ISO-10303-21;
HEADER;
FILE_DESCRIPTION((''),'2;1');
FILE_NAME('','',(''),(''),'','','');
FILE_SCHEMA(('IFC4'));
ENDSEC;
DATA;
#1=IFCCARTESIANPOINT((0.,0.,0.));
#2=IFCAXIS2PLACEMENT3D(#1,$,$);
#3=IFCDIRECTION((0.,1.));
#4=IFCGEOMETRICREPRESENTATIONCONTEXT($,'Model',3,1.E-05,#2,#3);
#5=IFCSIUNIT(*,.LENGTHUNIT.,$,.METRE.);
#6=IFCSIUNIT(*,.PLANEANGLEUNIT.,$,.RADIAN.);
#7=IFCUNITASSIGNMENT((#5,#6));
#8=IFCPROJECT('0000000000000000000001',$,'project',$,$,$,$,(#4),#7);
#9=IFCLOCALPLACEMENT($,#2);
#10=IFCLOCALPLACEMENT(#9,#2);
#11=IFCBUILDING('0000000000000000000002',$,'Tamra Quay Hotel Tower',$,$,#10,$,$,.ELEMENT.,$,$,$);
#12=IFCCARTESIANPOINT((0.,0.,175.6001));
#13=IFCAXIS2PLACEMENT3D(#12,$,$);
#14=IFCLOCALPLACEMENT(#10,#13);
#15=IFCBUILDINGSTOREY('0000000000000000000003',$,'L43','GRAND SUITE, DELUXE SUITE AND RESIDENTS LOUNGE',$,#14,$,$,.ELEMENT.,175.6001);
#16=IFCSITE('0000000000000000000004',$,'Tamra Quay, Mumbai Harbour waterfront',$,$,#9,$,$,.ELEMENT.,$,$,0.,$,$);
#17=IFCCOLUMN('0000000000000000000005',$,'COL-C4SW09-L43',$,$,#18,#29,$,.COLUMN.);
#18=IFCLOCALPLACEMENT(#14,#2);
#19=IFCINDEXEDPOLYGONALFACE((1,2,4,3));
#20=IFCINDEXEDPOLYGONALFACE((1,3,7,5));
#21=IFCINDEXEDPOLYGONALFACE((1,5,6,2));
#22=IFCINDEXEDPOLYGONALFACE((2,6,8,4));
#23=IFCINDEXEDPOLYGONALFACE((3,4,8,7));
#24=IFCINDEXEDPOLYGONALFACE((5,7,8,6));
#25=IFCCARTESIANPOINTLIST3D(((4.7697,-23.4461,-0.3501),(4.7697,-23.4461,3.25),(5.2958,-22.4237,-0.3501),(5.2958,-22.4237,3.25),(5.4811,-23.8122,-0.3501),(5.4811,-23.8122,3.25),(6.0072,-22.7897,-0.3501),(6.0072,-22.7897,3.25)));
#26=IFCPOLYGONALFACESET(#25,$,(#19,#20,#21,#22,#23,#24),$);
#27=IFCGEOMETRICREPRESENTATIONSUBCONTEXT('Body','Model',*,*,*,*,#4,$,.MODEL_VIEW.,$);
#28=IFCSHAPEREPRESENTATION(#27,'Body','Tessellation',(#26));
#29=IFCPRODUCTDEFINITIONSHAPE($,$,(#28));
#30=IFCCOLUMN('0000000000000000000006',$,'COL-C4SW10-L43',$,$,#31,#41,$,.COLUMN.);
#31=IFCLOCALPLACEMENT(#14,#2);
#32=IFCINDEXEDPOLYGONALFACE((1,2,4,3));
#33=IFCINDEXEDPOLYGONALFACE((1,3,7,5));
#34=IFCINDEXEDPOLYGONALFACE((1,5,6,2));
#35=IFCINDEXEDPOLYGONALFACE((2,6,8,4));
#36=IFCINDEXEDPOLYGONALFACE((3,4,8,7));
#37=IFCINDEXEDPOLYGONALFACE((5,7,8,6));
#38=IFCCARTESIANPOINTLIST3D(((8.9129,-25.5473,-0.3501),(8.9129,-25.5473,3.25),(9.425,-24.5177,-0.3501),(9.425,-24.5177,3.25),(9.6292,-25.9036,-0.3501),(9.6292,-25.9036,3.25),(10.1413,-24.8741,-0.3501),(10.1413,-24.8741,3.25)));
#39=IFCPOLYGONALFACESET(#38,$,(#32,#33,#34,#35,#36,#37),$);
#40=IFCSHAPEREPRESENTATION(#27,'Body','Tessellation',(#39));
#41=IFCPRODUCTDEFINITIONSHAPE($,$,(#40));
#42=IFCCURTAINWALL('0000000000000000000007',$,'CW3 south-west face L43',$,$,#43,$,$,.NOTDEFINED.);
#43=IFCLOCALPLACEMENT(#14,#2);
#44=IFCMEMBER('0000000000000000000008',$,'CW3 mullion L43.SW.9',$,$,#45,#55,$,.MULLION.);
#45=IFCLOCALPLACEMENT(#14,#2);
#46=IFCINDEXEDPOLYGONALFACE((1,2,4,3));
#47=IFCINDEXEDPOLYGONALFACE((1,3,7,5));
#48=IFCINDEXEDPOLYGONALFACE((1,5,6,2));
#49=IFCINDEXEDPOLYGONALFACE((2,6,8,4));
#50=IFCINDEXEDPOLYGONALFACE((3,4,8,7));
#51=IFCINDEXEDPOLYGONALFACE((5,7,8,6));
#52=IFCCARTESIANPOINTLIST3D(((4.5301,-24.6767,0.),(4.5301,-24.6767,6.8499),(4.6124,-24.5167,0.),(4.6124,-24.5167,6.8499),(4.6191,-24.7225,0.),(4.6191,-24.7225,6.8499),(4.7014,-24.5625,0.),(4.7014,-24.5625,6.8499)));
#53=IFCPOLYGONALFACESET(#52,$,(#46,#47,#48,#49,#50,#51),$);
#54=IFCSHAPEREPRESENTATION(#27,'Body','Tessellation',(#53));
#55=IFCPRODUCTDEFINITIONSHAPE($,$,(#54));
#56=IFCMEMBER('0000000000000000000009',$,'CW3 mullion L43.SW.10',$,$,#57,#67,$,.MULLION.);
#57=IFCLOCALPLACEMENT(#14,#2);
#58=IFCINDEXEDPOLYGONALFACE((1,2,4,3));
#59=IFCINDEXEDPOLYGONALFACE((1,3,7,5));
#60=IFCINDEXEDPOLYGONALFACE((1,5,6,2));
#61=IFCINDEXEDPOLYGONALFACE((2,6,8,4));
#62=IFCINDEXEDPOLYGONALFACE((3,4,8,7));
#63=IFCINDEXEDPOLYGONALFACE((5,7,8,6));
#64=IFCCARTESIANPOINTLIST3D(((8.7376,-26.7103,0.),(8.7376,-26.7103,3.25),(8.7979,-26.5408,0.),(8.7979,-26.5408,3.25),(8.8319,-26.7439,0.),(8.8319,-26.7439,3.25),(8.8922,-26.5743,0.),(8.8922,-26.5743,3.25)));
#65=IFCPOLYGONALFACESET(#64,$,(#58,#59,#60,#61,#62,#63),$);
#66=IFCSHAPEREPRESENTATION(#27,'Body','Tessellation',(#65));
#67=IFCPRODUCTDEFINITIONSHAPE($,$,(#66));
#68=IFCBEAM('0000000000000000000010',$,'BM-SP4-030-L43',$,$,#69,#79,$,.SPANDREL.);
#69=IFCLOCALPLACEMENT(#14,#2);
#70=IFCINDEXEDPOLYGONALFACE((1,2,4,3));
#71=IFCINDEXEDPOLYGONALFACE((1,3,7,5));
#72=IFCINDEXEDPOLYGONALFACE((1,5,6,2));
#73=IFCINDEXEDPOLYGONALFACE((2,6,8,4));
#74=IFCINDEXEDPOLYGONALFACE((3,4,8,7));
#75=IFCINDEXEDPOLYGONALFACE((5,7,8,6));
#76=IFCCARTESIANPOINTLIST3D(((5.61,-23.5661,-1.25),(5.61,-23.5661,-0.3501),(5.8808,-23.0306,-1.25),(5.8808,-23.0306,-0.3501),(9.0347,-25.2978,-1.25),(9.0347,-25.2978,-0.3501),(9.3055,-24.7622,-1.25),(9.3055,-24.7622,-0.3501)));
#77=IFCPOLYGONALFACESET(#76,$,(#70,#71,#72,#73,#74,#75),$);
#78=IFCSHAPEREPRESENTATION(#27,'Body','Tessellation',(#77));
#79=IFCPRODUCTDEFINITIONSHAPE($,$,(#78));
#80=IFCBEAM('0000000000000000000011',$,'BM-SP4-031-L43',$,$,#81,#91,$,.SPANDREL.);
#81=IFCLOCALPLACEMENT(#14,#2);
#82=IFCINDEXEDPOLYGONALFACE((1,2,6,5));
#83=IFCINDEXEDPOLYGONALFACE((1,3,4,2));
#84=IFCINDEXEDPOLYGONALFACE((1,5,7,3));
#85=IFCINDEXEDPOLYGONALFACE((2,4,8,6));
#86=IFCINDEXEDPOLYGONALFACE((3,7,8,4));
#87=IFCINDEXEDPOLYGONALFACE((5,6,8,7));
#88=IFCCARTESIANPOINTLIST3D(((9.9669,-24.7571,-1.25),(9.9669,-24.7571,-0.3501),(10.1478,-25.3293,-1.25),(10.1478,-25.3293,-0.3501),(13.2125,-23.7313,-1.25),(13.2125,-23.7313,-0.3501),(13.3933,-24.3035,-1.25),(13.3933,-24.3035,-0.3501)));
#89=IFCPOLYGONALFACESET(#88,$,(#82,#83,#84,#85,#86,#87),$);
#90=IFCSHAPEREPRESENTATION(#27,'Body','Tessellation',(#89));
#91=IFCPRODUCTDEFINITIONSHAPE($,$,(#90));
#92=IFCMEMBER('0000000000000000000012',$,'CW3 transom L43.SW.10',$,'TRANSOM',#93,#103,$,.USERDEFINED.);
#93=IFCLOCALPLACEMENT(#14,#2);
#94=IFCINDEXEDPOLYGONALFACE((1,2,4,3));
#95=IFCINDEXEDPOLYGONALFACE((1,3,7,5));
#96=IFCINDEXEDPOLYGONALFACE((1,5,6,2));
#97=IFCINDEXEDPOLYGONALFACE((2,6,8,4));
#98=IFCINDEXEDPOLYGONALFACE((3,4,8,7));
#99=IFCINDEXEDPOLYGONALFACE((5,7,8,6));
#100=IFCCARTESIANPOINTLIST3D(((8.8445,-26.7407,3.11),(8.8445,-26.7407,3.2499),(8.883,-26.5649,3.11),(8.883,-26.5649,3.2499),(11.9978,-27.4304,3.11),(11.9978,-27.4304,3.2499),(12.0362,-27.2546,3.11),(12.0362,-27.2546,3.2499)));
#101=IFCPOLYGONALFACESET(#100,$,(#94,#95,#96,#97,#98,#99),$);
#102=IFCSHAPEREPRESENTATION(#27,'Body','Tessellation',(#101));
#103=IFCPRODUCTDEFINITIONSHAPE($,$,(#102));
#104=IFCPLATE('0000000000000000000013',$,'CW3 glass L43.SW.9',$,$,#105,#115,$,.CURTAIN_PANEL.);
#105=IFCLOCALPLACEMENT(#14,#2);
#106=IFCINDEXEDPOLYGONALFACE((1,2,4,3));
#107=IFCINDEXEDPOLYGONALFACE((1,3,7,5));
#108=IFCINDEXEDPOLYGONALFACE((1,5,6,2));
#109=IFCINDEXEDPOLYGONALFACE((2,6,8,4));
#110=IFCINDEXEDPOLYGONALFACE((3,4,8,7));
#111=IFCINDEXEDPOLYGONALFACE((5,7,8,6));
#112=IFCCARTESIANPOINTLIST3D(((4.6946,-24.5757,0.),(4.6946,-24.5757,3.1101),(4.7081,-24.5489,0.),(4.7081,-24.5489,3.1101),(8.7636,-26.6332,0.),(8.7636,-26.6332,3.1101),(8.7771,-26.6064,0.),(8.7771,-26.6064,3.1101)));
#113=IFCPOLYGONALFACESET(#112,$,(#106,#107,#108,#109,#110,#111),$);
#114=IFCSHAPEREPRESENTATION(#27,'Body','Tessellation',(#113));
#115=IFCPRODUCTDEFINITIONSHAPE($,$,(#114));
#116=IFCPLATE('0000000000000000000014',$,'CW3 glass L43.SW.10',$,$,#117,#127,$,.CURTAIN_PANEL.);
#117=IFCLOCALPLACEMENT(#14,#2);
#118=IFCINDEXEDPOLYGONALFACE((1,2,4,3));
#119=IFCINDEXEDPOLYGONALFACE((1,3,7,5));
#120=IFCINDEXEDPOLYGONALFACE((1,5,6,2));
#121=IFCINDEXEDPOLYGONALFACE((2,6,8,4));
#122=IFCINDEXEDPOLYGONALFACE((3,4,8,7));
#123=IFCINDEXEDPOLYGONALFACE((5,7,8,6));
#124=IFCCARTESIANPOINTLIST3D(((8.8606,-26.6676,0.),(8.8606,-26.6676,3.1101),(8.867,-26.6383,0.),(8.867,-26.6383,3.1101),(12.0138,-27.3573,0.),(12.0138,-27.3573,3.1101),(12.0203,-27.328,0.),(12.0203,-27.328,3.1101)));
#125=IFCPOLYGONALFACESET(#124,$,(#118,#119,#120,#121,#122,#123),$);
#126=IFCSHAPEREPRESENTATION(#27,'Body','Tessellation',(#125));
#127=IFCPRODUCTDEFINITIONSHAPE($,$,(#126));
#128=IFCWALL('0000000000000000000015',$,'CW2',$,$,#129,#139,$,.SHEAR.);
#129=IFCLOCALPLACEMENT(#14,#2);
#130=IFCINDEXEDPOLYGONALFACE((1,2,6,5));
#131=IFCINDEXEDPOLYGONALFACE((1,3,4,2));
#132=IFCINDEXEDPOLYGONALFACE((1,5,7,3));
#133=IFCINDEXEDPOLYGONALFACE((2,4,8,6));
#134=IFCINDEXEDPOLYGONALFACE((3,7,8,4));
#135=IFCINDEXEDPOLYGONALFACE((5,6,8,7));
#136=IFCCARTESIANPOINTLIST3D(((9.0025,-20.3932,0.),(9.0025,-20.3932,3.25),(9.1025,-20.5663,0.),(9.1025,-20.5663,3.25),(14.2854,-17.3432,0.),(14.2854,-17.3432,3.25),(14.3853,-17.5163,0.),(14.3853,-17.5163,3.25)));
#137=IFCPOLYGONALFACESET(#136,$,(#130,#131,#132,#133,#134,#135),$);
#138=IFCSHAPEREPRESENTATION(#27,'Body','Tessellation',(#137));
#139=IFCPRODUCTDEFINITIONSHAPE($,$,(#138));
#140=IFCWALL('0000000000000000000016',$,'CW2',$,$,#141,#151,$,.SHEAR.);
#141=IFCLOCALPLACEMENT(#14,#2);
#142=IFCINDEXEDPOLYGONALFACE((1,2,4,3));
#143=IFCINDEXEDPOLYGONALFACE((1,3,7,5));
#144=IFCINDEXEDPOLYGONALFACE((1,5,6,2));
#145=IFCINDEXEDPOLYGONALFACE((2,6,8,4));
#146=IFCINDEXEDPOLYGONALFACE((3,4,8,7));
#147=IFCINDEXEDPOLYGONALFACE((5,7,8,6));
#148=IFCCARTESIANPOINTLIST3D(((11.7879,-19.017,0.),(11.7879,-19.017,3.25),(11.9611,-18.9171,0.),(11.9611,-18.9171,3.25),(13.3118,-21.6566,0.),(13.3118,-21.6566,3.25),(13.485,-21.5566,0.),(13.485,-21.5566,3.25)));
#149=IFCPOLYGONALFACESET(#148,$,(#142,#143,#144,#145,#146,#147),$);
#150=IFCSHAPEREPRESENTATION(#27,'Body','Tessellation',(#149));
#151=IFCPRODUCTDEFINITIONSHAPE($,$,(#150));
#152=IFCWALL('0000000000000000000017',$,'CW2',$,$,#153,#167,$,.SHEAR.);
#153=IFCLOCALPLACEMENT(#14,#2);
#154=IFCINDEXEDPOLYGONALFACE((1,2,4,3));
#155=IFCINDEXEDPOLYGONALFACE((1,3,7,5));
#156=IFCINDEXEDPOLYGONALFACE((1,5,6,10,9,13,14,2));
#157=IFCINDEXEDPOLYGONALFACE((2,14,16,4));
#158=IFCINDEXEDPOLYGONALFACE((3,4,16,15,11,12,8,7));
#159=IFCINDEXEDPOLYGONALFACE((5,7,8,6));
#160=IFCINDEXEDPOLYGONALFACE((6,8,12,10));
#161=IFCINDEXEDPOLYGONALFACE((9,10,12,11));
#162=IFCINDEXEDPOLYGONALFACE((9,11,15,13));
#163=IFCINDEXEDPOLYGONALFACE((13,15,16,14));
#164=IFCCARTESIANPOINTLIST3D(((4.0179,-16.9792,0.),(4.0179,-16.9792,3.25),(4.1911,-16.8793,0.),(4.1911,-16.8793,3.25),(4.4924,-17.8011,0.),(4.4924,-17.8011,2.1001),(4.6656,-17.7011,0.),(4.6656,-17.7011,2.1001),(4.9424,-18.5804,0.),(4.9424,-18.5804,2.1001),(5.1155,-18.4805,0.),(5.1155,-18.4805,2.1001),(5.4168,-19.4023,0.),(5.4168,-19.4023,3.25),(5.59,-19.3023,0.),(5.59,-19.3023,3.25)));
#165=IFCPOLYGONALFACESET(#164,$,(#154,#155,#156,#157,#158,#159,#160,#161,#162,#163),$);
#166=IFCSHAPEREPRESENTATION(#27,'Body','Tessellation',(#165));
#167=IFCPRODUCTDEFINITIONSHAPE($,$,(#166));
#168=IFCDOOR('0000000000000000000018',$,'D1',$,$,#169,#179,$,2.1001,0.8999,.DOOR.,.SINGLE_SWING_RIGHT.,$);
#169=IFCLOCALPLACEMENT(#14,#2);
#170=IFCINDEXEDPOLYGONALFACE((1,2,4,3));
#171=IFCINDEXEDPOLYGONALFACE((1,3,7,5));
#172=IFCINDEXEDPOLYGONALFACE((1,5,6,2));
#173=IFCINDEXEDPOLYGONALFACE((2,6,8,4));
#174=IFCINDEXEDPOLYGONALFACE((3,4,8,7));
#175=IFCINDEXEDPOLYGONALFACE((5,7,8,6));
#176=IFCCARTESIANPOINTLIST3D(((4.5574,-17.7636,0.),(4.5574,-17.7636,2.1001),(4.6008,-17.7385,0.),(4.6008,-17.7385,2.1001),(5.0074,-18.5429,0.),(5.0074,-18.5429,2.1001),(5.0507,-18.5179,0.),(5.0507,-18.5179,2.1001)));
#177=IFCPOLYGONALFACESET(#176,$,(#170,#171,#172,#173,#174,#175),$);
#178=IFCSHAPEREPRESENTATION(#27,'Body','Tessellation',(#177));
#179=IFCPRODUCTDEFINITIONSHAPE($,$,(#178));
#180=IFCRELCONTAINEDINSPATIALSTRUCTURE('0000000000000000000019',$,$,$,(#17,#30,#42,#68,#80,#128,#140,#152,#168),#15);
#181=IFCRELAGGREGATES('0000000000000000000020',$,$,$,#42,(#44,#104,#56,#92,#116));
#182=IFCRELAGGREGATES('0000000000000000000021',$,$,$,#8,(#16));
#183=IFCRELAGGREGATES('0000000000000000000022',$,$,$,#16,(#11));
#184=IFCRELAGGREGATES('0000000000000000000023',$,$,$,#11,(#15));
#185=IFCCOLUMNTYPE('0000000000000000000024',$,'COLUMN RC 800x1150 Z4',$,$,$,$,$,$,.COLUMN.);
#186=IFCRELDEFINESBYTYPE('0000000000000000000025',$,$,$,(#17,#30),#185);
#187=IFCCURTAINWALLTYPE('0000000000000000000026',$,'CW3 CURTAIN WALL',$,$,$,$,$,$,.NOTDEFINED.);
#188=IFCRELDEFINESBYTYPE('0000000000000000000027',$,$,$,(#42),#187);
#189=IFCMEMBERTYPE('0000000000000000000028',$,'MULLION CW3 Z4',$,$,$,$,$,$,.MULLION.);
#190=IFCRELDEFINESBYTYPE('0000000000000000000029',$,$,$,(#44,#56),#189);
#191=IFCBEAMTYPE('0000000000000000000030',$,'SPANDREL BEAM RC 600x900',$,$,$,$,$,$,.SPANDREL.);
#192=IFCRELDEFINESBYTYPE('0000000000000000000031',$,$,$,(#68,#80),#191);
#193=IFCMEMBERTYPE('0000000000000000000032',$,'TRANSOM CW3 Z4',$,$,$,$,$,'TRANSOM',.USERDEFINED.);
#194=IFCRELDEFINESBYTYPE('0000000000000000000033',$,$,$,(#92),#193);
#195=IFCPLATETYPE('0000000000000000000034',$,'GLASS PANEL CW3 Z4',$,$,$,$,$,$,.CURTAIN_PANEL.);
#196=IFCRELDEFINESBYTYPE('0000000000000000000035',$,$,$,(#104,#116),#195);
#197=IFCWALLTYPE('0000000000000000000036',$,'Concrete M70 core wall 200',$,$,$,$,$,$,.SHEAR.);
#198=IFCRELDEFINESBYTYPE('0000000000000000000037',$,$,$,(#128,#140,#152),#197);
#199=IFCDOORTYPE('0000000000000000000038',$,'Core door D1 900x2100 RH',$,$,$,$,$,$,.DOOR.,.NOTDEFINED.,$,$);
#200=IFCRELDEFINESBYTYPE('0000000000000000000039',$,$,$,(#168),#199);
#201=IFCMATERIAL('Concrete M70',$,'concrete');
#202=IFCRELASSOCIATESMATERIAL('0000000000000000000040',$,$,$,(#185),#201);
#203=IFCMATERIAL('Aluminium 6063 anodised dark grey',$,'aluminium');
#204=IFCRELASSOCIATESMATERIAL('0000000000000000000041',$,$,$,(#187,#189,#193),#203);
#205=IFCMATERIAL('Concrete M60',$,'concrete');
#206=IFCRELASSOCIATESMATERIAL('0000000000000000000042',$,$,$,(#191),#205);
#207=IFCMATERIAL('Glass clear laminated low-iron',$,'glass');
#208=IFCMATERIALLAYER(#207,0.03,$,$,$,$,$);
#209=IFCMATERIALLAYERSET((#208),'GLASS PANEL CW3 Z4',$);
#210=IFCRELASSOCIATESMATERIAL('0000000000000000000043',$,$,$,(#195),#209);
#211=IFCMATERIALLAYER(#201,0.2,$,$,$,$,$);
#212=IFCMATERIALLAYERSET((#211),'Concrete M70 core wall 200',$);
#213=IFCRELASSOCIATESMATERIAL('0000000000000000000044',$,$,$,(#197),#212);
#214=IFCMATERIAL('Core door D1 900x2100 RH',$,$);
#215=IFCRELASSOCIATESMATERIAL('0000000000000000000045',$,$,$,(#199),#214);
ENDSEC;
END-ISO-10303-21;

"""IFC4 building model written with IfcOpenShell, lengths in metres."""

from ifc_helpers import new_model, si_unit, direction, frame, frame_2d, origin, origin_2d, place, context, subcontext, project, spatial, rectangle, extrude, material, layer, layer_set, material_profile, profile_set, type_object, element, fill, aggregate, save


model = new_model("IFC4")

# Units and contexts
model_context = context("Model", 3, precision=1e-05, world=origin(), true_north=direction((0.0, 1.0)))
body_context = subcontext(model_context, "Body", "Model", "MODEL_VIEW")
ifc_project = project(units=[si_unit("LENGTHUNIT", "METRE"), si_unit("PLANEANGLEUNIT", "RADIAN")], contexts=[model_context])

# Site, building, storey
site_placement = place(None, origin())
site = spatial("IfcSite", under=ifc_project, at=site_placement, Name="Tamra Quay, Mumbai Harbour waterfront", CompositionType="ELEMENT", RefElevation=0.0)
building_placement = place(site_placement, origin())
building = spatial("IfcBuilding", under=site, at=building_placement, Name="Tamra Quay Hotel Tower", CompositionType="ELEMENT")
storey_placement = place(building_placement, frame((0.0, 0.0, 175.6001)))
storey = spatial("IfcBuildingStorey", under=building, at=storey_placement, Name="L43", Description="GRAND SUITE, DELUXE SUITE AND RESIDENTS LOUNGE", CompositionType="ELEMENT", Elevation=175.6001)

# Columns
ifc_material_1 = material(Name="Concrete M70", Category="concrete")
ifc_material_profile_1 = material_profile(ifc_material_1, rectangle(XDim=1.1499, YDim=0.8, at=origin_2d()), Name="COLUMN RC 800x1150 Z4")
ifc_profile_set_1 = profile_set([ifc_material_profile_1], Name="Concrete M70")
column_type = type_object("IfcColumnType", Name="COLUMN RC 800x1150 Z4", PredefinedType="COLUMN", material=ifc_profile_set_1)
for number, where, z_axis, x_axis, name in (
    (1, (5.3884, -23.1179, -0.3501), (0.0, 0.0, 1.0), (0.457548, 0.889185, 0.0), "COL-C4SW09-L43"),
    (2, (9.5271, -25.2107, -0.3501), (0.0, 0.0, 1.0), (0.445415, 0.895324, 0.0), "COL-C4SW10-L43"),
):
    element("IfcColumn", number, at=place(storey_placement, frame(where, z_axis=z_axis, x_axis=x_axis)), inside=storey, type_object=column_type, Name=name, PredefinedType="COLUMN", context=body_context, shape_type="SweptSolid", body=[
        extrude(rectangle(XDim=1.1499, YDim=0.8, at=origin_2d()), origin(), (0.0, 0.0, 1.0), 3.6001),
    ])

# Curtain wall, members
ifc_material_2 = material(Name="Aluminium 6063 anodised dark grey", Category="aluminium")
curtain_wall_type = type_object("IfcCurtainWallType", Name="CW3 CURTAIN WALL", PredefinedType="NOTDEFINED", material=ifc_material_2)
curtain_wall_placement = place(storey_placement, origin())
curtain_wall = element("IfcCurtainWall", 3, at=curtain_wall_placement, inside=storey, type_object=curtain_wall_type, Name="CW3 south-west face L43", PredefinedType="NOTDEFINED")
ifc_material_profile_2 = material_profile(ifc_material_2, rectangle(XDim=0.1799, YDim=0.1001, at=origin_2d()), Name="MULLION 100X180")
ifc_profile_set_2 = profile_set([ifc_material_profile_2], Name="Aluminium 6063 anodised dark grey")
member_type_1 = type_object("IfcMemberType", Name="MULLION CW3 Z4", PredefinedType="MULLION", material=ifc_profile_set_2)
member_1_placement = place(storey_placement, frame((4.6157, -24.6196, 0.0), z_axis=(0.0, 0.0, 1.0), x_axis=(-0.457401, -0.889261, 0.0)))
member_1 = element("IfcMember", 4, at=member_1_placement, type_object=member_type_1, Name="CW3 mullion L43.SW.9", PredefinedType="MULLION", context=body_context, shape_type="SweptSolid", body=[
    extrude(rectangle(XDim=0.1799, YDim=0.1001, at=origin_2d()), origin(), (0.0, 0.0, 1.0), 6.8499),
])
member_2_placement = place(storey_placement, frame((8.8149, -26.6423, 0.0), z_axis=(0.0, 0.0, 1.0), x_axis=(-0.335128, -0.942173, 0.0)))
member_2 = element("IfcMember", 5, at=member_2_placement, type_object=member_type_1, Name="CW3 mullion L43.SW.10", PredefinedType="MULLION", context=body_context, shape_type="SweptSolid", body=[
    extrude(rectangle(XDim=0.1799, YDim=0.1001, at=origin_2d()), origin(), (0.0, 0.0, 1.0), 3.25),
])

# Beams
ifc_material_3 = material(Name="Concrete M60", Category="concrete")
ifc_material_profile_3 = material_profile(ifc_material_3, rectangle(XDim=0.6001, YDim=0.8999, at=origin_2d()), Name="SPANDREL BEAM RC 600x900")
ifc_profile_set_3 = profile_set([ifc_material_profile_3], Name="Concrete M60")
beam_type = type_object("IfcBeamType", Name="SPANDREL BEAM RC 600x900", PredefinedType="SPANDREL", material=ifc_profile_set_3)
beam_1_placement = place(storey_placement, frame((5.7454, -23.2983, -0.8), z_axis=(0.892408, -0.45123, 0.0), x_axis=(0.45123, 0.892408, 0.0)))
element("IfcBeam", 6, at=beam_1_placement, inside=storey, type_object=beam_type, Name="BM-SP4-030-L43", PredefinedType="SPANDREL", context=body_context, shape_type="SweptSolid", body=[
    extrude(rectangle(XDim=0.6001, YDim=0.8999, at=origin_2d()), origin(), (0.0, 0.0, 1.0), 3.8376),
])
beam_2_placement = place(storey_placement, frame((10.0574, -25.0432, -0.8), z_axis=(0.953502, 0.301385, 0.0), x_axis=(-0.301385, 0.953502, 0.0)))
element("IfcBeam", 7, at=beam_2_placement, inside=storey, type_object=beam_type, Name="BM-SP4-031-L43", PredefinedType="SPANDREL", context=body_context, shape_type="SweptSolid", body=[
    extrude(rectangle(XDim=0.6001, YDim=0.8999, at=origin_2d()), origin(), (0.0, 0.0, 1.0), 3.4038),
])

# Member
ifc_material_profile_4 = material_profile(ifc_material_2, rectangle(XDim=0.1799, YDim=0.1399, at=origin_2d()), Name="TRANSOM 180X140")
ifc_profile_set_4 = profile_set([ifc_material_profile_4], Name="Aluminium 6063 anodised dark grey")
member_type_2 = type_object("IfcMemberType", Name="TRANSOM CW3 Z4", ElementType="TRANSOM", PredefinedType="USERDEFINED", material=ifc_profile_set_4)
member_3_placement = place(storey_placement, frame((8.8638, -26.6528, 3.1799), z_axis=(0.976906, -0.21367, 0.0), x_axis=(0.21367, 0.976906, 0.0)))
member_3 = element("IfcMember", 8, at=member_3_placement, type_object=member_type_2, Name="CW3 transom L43.SW.10", ObjectType="TRANSOM", PredefinedType="USERDEFINED", context=body_context, shape_type="SweptSolid", body=[
    extrude(rectangle(XDim=0.1799, YDim=0.1399, at=origin_2d()), origin(), (0.0, 0.0, 1.0), 3.2278),
])

# Plates
ifc_material_4 = material(Name="Glass clear laminated low-iron", Category="glass")
ifc_layer_1 = layer(ifc_material_4, 0.03)
ifc_layer_set_1 = layer_set([ifc_layer_1], Name="GLASS PANEL CW3 Z4")
plate_type = type_object("IfcPlateType", Name="GLASS PANEL CW3 Z4", PredefinedType="CURTAIN_PANEL", material=ifc_layer_set_1)
plate_1_placement = place(storey_placement, frame((6.7358, -25.5911, 0.0), z_axis=(0.0, 0.0, 1.0), x_axis=(0.892403, -0.451239, 0.0)))
plate_1 = element("IfcPlate", 9, at=plate_1_placement, type_object=plate_type, Name="CW3 glass L43.SW.9", PredefinedType="CURTAIN_PANEL", context=body_context, shape_type="SweptSolid", body=[
    extrude(rectangle(XDim=4.5596, YDim=0.03, at=origin_2d()), origin(), (0.0, 0.0, 1.0), 3.1101),
])
plate_2_placement = place(storey_placement, frame((10.4404, -26.9978, 0.0), z_axis=(0.0, 0.0, 1.0), x_axis=(0.976906, -0.213669, 0.0)))
plate_2 = element("IfcPlate", 10, at=plate_2_placement, type_object=plate_type, Name="CW3 glass L43.SW.10", PredefinedType="CURTAIN_PANEL", context=body_context, shape_type="SweptSolid", body=[
    extrude(rectangle(XDim=3.2278, YDim=0.03, at=origin_2d()), origin(), (0.0, 0.0, 1.0), 3.1101),
])
aggregate(curtain_wall, [member_1, plate_1, member_2, member_3, plate_2])

# Walls
ifc_layer_2 = layer(ifc_material_1, 0.2)
ifc_layer_set_2 = layer_set([ifc_layer_2], Name="Concrete M70 core wall 200")
wall_type_1 = type_object("IfcWallType", Name="Concrete M70 core wall 200", PredefinedType="SHEAR", material=ifc_layer_set_2)
wall_1_placement = place(storey_placement, frame((9.0525, -20.4797, 0.0), z_axis=(0.0, 0.0, 1.0), x_axis=(0.86603, 0.499992, 0.0)))
element("IfcWall", 11, at=wall_1_placement, inside=storey, type_object=wall_type_1, Name="CW2", PredefinedType="SHEAR", context=body_context, shape_type="SweptSolid", body=[
    extrude(rectangle(XDim=6.1001, YDim=0.2, at=frame_2d((3.05, 0.0))), origin(), (0.0, 0.0, 1.0), 3.25),
])
wall_2_placement = place(storey_placement, frame((11.8745, -18.967, 0.0), z_axis=(0.0, 0.0, 1.0), x_axis=(0.499981, -0.866036, 0.0)))
element("IfcWall", 12, at=wall_2_placement, inside=storey, type_object=wall_type_1, Name="CW2", PredefinedType="SHEAR", context=body_context, shape_type="SweptSolid", body=[
    extrude(rectangle(XDim=3.0479, YDim=0.2, at=frame_2d((1.5239, 0.0))), origin(), (0.0, 0.0, 1.0), 3.25),
])

# Wall, opening, door
wall_3_placement = place(storey_placement, frame((5.5034, -19.3523, 0.0), z_axis=(0.0, 0.0, 1.0), x_axis=(-0.499987, 0.866033, 0.0)))
wall_3 = element("IfcWall", 13, at=wall_3_placement, inside=storey, type_object=wall_type_1, Name="CW2", PredefinedType="SHEAR", context=body_context, shape_type="SweptSolid", body=[
    extrude(rectangle(XDim=2.7979, YDim=0.2, at=frame_2d((1.3989, 0.0))), origin(), (0.0, 0.0, 1.0), 3.25),
])
opening_placement = place(wall_3_placement, frame((0.949, 0.0, 0.0)))
opening = element("IfcOpeningElement", 14, at=opening_placement, cuts=wall_3, PredefinedType="OPENING", context=body_context, shape_type="SweptSolid", body=[
    extrude(rectangle(XDim=0.8999, YDim=2.1001, at=frame_2d((0.45, 1.05))), frame((0.0, 0.1099, 0.0), z_axis=(0.0, -1.0, 0.0), x_axis=(1.0, 0.0, 0.0)), (0.0, 0.0, 1.0), 0.22),
])
ifc_material_5 = material(Name="Core door D1 900x2100 RH")
door_type = type_object("IfcDoorType", Name="Core door D1 900x2100 RH", OperationType="NOTDEFINED", PredefinedType="DOOR", material=ifc_material_5)
door_placement = place(opening_placement, origin())
door = element("IfcDoor", 15, at=door_placement, inside=storey, type_object=door_type, Name="D1", OperationType="SINGLE_SWING_RIGHT", OverallHeight=2.1001, OverallWidth=0.8999, PredefinedType="DOOR", context=body_context, shape_type="SweptSolid", body=[
    extrude(rectangle(XDim=0.8999, YDim=2.1001, at=frame_2d((0.45, 1.05))), frame((0.0, 0.0249, 0.0), z_axis=(0.0, -1.0, 0.0), x_axis=(1.0, 0.0, 0.0)), (0.0, 0.0, 1.0), 0.05),
])
fill(opening, door)

save(model, "model.ifc")
